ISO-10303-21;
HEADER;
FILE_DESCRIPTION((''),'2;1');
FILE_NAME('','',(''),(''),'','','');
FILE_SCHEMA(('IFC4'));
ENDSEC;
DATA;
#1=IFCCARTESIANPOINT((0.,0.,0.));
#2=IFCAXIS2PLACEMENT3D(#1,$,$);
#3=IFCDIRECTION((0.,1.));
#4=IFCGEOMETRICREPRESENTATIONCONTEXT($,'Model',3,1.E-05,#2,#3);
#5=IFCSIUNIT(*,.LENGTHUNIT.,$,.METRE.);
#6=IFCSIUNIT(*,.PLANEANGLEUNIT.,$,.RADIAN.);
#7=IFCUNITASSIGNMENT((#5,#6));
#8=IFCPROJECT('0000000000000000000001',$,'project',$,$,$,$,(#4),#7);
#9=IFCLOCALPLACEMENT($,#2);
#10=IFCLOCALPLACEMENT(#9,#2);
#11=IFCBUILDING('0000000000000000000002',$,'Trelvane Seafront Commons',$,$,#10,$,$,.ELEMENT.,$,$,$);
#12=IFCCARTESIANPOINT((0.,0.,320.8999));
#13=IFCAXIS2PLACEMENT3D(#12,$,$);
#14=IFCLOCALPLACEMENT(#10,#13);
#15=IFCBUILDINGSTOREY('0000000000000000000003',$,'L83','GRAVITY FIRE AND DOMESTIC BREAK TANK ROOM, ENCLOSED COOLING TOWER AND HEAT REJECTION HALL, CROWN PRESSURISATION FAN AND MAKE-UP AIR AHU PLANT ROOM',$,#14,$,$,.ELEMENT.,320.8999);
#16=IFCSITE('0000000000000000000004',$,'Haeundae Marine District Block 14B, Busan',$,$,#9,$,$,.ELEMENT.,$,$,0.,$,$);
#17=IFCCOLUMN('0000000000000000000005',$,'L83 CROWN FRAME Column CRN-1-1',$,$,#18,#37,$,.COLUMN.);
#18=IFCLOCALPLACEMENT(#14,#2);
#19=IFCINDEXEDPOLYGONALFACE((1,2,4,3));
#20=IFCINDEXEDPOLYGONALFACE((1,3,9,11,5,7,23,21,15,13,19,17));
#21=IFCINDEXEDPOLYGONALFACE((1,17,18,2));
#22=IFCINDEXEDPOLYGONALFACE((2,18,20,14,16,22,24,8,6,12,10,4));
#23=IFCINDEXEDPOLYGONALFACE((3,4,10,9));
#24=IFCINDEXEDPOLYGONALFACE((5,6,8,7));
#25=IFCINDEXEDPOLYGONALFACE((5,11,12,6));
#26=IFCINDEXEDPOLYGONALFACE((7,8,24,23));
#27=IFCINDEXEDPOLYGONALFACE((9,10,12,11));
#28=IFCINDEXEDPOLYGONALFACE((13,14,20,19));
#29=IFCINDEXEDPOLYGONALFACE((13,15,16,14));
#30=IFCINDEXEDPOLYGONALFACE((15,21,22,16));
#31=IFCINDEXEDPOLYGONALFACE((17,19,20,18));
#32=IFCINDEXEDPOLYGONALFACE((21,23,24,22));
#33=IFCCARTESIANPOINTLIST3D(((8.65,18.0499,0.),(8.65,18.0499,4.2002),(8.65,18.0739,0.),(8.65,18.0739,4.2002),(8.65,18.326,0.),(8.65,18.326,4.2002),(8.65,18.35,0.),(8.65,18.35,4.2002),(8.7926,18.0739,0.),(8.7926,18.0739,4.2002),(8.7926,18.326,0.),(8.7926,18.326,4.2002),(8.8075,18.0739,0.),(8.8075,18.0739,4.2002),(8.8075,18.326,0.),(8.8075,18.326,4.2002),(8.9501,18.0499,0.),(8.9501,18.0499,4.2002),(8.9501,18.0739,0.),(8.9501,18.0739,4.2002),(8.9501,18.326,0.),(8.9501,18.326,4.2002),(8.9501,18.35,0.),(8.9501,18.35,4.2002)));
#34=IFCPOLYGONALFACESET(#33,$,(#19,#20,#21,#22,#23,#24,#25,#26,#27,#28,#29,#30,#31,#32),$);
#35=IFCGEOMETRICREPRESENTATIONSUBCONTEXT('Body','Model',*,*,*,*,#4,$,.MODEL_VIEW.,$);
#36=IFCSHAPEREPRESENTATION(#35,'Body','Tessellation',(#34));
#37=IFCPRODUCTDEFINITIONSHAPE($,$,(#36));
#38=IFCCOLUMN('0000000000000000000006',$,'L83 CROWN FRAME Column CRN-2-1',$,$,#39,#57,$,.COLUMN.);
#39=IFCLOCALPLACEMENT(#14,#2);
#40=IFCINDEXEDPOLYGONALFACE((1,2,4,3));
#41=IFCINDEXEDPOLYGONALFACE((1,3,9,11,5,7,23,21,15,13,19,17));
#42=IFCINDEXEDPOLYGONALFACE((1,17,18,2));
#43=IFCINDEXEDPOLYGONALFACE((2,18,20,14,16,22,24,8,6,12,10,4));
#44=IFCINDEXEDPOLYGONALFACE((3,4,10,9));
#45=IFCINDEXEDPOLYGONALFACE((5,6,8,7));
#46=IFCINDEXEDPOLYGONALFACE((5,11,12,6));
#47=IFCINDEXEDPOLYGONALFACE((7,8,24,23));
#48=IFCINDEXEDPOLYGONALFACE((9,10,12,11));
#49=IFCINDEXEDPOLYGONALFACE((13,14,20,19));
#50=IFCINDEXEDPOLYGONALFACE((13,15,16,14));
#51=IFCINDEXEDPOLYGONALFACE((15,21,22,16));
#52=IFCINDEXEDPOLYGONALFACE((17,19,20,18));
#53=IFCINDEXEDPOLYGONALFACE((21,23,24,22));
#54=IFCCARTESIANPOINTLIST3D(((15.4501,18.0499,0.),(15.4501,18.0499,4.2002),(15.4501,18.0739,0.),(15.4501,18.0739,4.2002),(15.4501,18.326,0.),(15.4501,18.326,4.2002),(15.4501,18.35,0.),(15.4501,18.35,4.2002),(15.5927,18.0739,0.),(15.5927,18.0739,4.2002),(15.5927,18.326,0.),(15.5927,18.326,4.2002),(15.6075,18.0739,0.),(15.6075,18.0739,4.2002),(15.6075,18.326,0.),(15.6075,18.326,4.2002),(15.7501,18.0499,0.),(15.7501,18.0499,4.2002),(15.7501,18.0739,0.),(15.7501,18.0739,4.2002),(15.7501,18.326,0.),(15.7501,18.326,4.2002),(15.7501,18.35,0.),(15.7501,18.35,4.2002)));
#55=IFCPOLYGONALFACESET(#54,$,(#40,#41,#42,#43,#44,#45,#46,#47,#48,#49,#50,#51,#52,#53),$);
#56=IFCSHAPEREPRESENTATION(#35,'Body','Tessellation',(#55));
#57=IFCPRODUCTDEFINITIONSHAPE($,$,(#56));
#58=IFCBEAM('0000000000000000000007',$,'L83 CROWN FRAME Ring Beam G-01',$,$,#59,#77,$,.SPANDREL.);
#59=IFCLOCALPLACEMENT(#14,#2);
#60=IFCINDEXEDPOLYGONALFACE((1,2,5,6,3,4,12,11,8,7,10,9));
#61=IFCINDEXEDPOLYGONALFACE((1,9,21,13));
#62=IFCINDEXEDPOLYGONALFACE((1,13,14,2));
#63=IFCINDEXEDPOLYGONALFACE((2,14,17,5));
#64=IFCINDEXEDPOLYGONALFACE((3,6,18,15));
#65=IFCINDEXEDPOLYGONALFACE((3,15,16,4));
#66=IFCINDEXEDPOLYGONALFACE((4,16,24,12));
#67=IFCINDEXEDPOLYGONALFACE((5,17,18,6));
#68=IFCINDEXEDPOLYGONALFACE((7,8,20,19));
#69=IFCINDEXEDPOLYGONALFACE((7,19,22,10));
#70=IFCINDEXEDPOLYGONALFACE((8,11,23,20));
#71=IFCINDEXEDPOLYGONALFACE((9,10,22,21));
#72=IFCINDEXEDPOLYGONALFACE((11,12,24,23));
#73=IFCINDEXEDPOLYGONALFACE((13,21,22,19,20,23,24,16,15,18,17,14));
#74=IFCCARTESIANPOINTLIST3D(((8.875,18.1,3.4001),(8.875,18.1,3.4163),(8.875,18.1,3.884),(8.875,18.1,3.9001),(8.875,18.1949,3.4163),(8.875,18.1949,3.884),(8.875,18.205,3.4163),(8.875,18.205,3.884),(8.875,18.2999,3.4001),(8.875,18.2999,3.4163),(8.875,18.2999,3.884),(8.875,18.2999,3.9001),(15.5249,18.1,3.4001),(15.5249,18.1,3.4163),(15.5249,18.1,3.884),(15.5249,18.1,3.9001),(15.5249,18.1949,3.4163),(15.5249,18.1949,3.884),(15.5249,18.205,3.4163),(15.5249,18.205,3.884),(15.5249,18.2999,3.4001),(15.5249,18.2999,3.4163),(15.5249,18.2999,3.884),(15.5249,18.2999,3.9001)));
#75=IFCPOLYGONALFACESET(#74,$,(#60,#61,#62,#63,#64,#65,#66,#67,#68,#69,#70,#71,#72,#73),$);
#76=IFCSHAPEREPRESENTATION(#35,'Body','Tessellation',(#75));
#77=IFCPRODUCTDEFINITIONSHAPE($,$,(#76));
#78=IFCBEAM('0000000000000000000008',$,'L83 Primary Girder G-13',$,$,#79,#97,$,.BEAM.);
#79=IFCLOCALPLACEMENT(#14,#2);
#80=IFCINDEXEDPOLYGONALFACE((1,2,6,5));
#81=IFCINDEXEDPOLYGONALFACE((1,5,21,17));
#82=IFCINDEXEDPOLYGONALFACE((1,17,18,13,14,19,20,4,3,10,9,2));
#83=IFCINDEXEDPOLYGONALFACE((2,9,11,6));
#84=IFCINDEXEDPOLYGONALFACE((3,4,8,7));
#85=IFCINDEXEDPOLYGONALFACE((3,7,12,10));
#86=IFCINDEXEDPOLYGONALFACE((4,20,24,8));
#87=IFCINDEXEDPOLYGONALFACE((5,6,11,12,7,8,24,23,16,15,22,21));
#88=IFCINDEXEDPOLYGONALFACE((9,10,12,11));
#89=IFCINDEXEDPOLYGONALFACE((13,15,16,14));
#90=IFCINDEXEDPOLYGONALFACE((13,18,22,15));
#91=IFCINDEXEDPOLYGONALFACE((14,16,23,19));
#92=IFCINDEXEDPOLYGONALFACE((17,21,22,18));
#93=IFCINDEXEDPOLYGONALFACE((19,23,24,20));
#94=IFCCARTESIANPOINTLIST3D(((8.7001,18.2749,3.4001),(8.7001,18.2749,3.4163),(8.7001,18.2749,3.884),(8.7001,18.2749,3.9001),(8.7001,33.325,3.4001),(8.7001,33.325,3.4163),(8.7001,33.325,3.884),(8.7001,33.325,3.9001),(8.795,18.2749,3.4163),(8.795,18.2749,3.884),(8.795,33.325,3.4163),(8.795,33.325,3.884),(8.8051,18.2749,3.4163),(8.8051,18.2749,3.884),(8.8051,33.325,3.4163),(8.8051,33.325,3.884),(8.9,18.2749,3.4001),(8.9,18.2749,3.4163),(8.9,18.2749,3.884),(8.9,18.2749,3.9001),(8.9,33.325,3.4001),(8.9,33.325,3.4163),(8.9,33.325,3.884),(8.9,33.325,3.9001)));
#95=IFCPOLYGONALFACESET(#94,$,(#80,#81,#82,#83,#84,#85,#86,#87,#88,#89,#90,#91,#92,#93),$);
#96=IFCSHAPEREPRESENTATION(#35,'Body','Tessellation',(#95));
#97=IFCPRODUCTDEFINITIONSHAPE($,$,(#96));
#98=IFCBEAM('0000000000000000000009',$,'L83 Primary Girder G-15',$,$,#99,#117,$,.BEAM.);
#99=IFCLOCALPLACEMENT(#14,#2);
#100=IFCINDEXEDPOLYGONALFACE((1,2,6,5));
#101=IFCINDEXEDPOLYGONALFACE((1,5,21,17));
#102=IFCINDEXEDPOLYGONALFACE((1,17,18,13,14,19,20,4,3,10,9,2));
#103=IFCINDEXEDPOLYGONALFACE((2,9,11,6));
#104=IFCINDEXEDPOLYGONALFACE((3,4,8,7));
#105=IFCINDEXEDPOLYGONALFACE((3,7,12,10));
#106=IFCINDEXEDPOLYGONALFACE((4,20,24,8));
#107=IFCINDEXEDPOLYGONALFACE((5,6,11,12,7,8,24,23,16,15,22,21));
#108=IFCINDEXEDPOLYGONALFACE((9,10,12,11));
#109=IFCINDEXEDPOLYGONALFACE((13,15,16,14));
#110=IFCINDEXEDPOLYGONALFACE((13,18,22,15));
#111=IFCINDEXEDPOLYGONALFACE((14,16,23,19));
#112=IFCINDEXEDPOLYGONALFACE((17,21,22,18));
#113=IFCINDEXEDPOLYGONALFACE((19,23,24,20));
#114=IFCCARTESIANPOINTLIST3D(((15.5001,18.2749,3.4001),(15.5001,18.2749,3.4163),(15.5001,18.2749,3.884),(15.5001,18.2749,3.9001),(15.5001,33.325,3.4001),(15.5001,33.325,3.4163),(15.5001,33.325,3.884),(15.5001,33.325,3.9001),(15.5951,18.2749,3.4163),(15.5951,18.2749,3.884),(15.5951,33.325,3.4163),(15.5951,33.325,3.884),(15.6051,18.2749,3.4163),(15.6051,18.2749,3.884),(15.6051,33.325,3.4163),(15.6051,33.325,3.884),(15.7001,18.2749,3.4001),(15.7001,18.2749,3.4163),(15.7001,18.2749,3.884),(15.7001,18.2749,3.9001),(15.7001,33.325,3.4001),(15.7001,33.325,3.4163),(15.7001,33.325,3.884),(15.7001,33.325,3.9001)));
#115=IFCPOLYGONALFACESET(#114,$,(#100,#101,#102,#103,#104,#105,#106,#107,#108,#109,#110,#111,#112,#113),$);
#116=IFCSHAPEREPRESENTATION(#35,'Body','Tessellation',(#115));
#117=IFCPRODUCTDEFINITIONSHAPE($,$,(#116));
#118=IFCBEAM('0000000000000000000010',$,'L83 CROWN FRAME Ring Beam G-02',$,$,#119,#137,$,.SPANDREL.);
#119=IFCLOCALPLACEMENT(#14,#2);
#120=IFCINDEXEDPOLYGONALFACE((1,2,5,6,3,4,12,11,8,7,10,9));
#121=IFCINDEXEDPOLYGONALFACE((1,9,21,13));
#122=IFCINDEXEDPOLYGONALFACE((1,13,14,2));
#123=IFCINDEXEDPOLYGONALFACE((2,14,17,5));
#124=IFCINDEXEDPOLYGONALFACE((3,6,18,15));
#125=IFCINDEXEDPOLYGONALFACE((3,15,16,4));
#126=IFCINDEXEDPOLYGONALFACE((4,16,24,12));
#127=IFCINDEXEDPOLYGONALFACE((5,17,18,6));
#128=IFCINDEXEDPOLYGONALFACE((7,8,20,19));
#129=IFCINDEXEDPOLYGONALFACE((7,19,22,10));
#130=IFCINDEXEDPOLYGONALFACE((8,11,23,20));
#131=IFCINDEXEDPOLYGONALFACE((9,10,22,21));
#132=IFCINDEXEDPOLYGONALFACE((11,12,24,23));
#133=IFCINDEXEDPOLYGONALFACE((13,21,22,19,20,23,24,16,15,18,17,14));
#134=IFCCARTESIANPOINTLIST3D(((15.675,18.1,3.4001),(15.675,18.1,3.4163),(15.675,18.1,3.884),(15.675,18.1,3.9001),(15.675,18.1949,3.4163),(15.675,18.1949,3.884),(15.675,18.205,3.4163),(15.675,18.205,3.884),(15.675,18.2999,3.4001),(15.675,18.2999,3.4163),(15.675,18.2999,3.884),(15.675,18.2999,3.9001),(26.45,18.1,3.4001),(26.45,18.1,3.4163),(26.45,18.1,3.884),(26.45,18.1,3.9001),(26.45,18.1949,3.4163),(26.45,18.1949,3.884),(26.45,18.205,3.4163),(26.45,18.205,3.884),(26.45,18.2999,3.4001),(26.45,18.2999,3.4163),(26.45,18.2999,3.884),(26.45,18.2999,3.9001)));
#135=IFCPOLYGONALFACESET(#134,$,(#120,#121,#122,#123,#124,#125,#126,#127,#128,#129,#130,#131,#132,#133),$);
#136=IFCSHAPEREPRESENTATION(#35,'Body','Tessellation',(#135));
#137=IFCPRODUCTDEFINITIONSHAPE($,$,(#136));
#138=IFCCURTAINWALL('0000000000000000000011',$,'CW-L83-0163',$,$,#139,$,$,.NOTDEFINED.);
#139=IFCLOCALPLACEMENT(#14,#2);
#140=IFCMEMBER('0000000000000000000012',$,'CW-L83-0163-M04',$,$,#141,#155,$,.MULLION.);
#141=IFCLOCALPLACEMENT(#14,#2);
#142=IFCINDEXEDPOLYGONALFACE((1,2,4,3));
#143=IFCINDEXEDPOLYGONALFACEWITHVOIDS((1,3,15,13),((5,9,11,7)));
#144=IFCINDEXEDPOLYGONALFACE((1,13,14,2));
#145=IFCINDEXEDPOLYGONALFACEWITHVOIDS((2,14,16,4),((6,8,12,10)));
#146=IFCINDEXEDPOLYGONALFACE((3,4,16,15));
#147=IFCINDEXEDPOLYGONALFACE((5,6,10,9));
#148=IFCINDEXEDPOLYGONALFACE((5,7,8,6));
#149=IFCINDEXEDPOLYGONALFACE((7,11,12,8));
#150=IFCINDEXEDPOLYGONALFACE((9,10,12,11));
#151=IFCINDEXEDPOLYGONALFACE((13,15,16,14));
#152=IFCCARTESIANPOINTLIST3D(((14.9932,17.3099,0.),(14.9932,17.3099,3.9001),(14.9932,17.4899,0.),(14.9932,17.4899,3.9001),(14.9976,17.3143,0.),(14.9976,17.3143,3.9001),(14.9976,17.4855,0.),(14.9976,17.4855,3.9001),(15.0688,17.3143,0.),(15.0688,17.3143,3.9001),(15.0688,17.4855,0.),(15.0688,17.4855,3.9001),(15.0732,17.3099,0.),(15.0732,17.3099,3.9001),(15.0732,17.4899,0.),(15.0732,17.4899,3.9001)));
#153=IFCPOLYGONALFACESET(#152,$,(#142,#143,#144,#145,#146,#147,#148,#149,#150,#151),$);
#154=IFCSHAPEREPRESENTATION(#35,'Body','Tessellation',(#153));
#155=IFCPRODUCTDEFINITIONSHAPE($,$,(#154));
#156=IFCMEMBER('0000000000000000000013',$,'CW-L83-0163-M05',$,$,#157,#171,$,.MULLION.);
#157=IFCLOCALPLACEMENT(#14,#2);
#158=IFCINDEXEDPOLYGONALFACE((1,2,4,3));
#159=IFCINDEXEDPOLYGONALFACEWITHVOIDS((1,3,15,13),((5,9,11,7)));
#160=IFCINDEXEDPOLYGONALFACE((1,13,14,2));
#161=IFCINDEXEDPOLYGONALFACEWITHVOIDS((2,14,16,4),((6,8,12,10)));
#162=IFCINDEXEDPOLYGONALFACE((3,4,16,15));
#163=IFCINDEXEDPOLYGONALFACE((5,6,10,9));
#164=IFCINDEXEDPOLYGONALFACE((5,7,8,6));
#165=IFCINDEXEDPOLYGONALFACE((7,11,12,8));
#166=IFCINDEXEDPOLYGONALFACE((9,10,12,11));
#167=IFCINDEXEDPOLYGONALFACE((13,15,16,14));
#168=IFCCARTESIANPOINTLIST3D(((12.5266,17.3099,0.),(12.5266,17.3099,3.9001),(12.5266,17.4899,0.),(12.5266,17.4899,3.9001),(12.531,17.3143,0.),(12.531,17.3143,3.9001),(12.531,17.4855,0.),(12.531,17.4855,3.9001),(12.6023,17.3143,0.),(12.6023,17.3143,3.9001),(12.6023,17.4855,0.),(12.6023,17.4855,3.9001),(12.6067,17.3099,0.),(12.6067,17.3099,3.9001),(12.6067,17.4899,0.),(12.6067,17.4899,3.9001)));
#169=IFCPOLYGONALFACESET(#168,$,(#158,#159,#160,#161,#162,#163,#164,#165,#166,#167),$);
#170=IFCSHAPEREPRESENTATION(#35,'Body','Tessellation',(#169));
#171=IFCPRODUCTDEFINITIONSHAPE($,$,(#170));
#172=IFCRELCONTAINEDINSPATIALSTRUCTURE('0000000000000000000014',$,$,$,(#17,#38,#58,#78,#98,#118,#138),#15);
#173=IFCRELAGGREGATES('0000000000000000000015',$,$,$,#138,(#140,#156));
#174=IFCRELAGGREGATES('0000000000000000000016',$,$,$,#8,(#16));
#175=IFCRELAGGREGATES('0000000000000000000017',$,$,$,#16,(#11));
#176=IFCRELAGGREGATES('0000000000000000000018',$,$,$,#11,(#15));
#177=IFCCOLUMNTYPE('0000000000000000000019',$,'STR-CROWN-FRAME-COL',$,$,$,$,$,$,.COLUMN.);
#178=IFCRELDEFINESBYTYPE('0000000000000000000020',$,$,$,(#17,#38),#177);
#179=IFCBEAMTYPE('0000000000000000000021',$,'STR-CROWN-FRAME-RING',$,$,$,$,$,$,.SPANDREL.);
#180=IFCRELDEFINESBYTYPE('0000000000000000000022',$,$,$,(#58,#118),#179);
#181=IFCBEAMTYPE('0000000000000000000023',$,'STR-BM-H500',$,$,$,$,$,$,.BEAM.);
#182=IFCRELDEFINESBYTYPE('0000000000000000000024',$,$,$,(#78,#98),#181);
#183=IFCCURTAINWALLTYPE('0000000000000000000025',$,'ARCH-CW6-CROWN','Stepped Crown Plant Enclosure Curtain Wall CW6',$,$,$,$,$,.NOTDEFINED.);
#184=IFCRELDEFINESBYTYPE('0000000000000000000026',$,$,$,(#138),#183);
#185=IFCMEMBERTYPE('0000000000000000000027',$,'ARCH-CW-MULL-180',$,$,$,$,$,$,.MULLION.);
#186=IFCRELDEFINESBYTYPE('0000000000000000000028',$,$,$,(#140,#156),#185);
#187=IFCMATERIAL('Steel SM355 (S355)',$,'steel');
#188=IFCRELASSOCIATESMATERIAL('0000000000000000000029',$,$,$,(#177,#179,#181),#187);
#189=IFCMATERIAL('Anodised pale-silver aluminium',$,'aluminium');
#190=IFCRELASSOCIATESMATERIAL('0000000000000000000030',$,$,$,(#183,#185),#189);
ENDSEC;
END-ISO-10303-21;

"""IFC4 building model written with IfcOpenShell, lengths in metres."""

from ifc_helpers import new_model, si_unit, direction, frame, origin, origin_2d, place, context, subcontext, project, spatial, hollow_rectangle, i_section, extrude, source, transform, mapped, material, material_profile, profile_set, type_object, element, aggregate, save


model = new_model("IFC4")

# Units and contexts
model_context = context("Model", 3, precision=1e-05, world=origin(), true_north=direction((0.0, 1.0)))
body_context = subcontext(model_context, "Body", "Model", "MODEL_VIEW")
ifc_project = project(units=[si_unit("LENGTHUNIT", "METRE"), si_unit("PLANEANGLEUNIT", "RADIAN")], contexts=[model_context])

# Site, building, storey
site_placement = place(None, origin())
site = spatial("IfcSite", under=ifc_project, at=site_placement, Name="Haeundae Marine District Block 14B, Busan", CompositionType="ELEMENT", RefElevation=0.0)
building_placement = place(site_placement, origin())
building = spatial("IfcBuilding", under=site, at=building_placement, Name="Trelvane Seafront Commons", CompositionType="ELEMENT")
storey_placement = place(building_placement, frame((0.0, 0.0, 320.8999)))
storey = spatial("IfcBuildingStorey", under=building, at=storey_placement, Name="L83", Description="GRAVITY FIRE AND DOMESTIC BREAK TANK ROOM, ENCLOSED COOLING TOWER AND HEAT REJECTION HALL, CROWN PRESSURISATION FAN AND MAKE-UP AIR AHU PLANT ROOM", CompositionType="ELEMENT", Elevation=320.8999)

# Columns
ifc_material_1 = material(Name="Steel SM355 (S355)", Category="steel")
ifc_material_profile_1 = material_profile(ifc_material_1, i_section(OverallWidth=0.3, OverallDepth=0.3, WebThickness=0.0149, FlangeThickness=0.0239, at=origin_2d()), Name="HD-300x300x15x24")
ifc_profile_set_1 = profile_set([ifc_material_profile_1], Name="Steel SM355 (S355)")
column_type = type_object("IfcColumnType", Name="STR-CROWN-FRAME-COL", PredefinedType="COLUMN", material=ifc_profile_set_1)
shared_shape_1 = source(origin(), body_context, "Body", "SweptSolid", [
    extrude(i_section(OverallWidth=0.3, OverallDepth=0.3, WebThickness=0.0149, FlangeThickness=0.0239, at=origin_2d()), origin(), (0.0, 0.0, 1.0), 4.2002),
])
for number, where, z_axis, x_axis, name in (
    (1, (8.8, 18.2, 0.0), (0.0, 0.0, 1.0), (1.0, 0.0, 0.0), "L83 CROWN FRAME Column CRN-1-1"),
    (2, (15.6001, 18.2, 0.0), (0.0, 0.0, 1.0), (1.0, 0.0, 0.0), "L83 CROWN FRAME Column CRN-2-1"),
):
    element("IfcColumn", number, at=place(storey_placement, frame(where, z_axis=z_axis, x_axis=x_axis)), inside=storey, type_object=column_type, Name=name, PredefinedType="COLUMN", context=body_context, shape_type="MappedRepresentation", body=[
        mapped(shared_shape_1, transform((0.0, 0.0, 0.0), x_axis=(1.0, 0.0, 0.0), y_axis=(0.0, 1.0, 0.0), z_axis=(0.0, 0.0, 1.0), scale=1.0)),
    ])

# Beams
ifc_material_profile_2 = material_profile(ifc_material_1, i_section(OverallWidth=0.2, OverallDepth=0.5, WebThickness=0.01, FlangeThickness=0.0161, at=origin_2d()), Name="H-500x200x10x16")
ifc_profile_set_2 = profile_set([ifc_material_profile_2], Name="Steel SM355 (S355)")
beam_type_1 = type_object("IfcBeamType", Name="STR-CROWN-FRAME-RING", PredefinedType="SPANDREL", material=ifc_profile_set_2)
shared_shape_2 = source(origin(), body_context, "Body", "SweptSolid", [
    extrude(i_section(OverallWidth=0.2, OverallDepth=0.5, WebThickness=0.01, FlangeThickness=0.0161, at=origin_2d()), origin(), (0.0, 0.0, 1.0), 6.6499),
])
beam_1_placement = place(storey_placement, frame((8.875, 18.2, 3.6501), z_axis=(1.0, 0.0, 0.0), x_axis=(0.0, 1.0, 0.0)))
element("IfcBeam", 3, at=beam_1_placement, inside=storey, type_object=beam_type_1, Name="L83 CROWN FRAME Ring Beam G-01", PredefinedType="SPANDREL", context=body_context, shape_type="MappedRepresentation", body=[
    mapped(shared_shape_2, transform((0.0, 0.0, 0.0), x_axis=(1.0, 0.0, 0.0), y_axis=(0.0, 1.0, 0.0), z_axis=(0.0, 0.0, 1.0), scale=1.0)),
])
ifc_material_profile_3 = material_profile(ifc_material_1, i_section(OverallWidth=0.2, OverallDepth=0.5, WebThickness=0.01, FlangeThickness=0.0161, at=origin_2d()), Name="H-500x200x10x16")
ifc_profile_set_3 = profile_set([ifc_material_profile_3], Name="Steel SM355 (S355)")
beam_type_2 = type_object("IfcBeamType", Name="STR-BM-H500", PredefinedType="BEAM", material=ifc_profile_set_3)
shared_shape_3 = source(origin(), body_context, "Body", "SweptSolid", [
    extrude(i_section(OverallWidth=0.2, OverallDepth=0.5, WebThickness=0.01, FlangeThickness=0.0161, at=origin_2d()), origin(), (0.0, 0.0, 1.0), 15.05),
])
for number, where, z_axis, x_axis, name in (
    (4, (8.8, 18.2749, 3.6501), (0.0, 1.0, 0.0), (-1.0, 0.0, 0.0), "L83 Primary Girder G-13"),
    (5, (15.6001, 18.2749, 3.6501), (0.0, 1.0, 0.0), (-1.0, 0.0, 0.0), "L83 Primary Girder G-15"),
):
    element("IfcBeam", number, at=place(storey_placement, frame(where, z_axis=z_axis, x_axis=x_axis)), inside=storey, type_object=beam_type_2, Name=name, PredefinedType="BEAM", context=body_context, shape_type="MappedRepresentation", body=[
        mapped(shared_shape_3, transform((0.0, 0.0, 0.0), x_axis=(1.0, 0.0, 0.0), y_axis=(0.0, 1.0, 0.0), z_axis=(0.0, 0.0, 1.0), scale=1.0)),
    ])
shared_shape_4 = source(origin(), body_context, "Body", "SweptSolid", [
    extrude(i_section(OverallWidth=0.2, OverallDepth=0.5, WebThickness=0.01, FlangeThickness=0.0161, at=origin_2d()), origin(), (0.0, 0.0, 1.0), 10.7749),
])
beam_2_placement = place(storey_placement, frame((15.675, 18.2, 3.6501), z_axis=(1.0, 0.0, 0.0), x_axis=(0.0, 1.0, 0.0)))
element("IfcBeam", 6, at=beam_2_placement, inside=storey, type_object=beam_type_1, Name="L83 CROWN FRAME Ring Beam G-02", PredefinedType="SPANDREL", context=body_context, shape_type="MappedRepresentation", body=[
    mapped(shared_shape_4, transform((0.0, 0.0, 0.0), x_axis=(1.0, 0.0, 0.0), y_axis=(0.0, 1.0, 0.0), z_axis=(0.0, 0.0, 1.0), scale=1.0)),
])

# Curtain wall, members
ifc_material_2 = material(Name="Anodised pale-silver aluminium", Category="aluminium")
curtain_wall_type = type_object("IfcCurtainWallType", Name="ARCH-CW6-CROWN", Description="Stepped Crown Plant Enclosure Curtain Wall CW6", PredefinedType="NOTDEFINED", material=ifc_material_2)
curtain_wall_placement = place(storey_placement, origin())
curtain_wall = element("IfcCurtainWall", 7, at=curtain_wall_placement, inside=storey, type_object=curtain_wall_type, Name="CW-L83-0163", PredefinedType="NOTDEFINED")
ifc_material_profile_4 = material_profile(ifc_material_2, hollow_rectangle(XDim=0.0801, YDim=0.1799, WallThickness=0.0044, at=origin_2d()), Name="MULL-80x180x4.5")
ifc_profile_set_4 = profile_set([ifc_material_profile_4], Name="Anodised pale-silver aluminium")
member_type_1 = type_object("IfcMemberType", Name="ARCH-CW-MULL-180", PredefinedType="MULLION", material=ifc_profile_set_4)
shared_shape_5 = source(origin(), body_context, "Body", "SweptSolid", [
    extrude(hollow_rectangle(XDim=0.0801, YDim=0.1799, WallThickness=0.0044, at=origin_2d()), origin(), (0.0, 0.0, 1.0), 3.9001),
])
member_1_placement = place(storey_placement, frame((15.0332, 17.3999, 0.0), z_axis=(0.0, 0.0, 1.0), x_axis=(1.0, 0.0, 0.0)))
member_1 = element("IfcMember", 8, at=member_1_placement, type_object=member_type_1, Name="CW-L83-0163-M04", PredefinedType="MULLION", context=body_context, shape_type="MappedRepresentation", body=[
    mapped(shared_shape_5, transform((0.0, 0.0, 0.0), x_axis=(1.0, 0.0, 0.0), y_axis=(0.0, 1.0, 0.0), z_axis=(0.0, 0.0, 1.0), scale=1.0)),
])
member_2_placement = place(storey_placement, frame((12.5667, 17.3999, 0.0), z_axis=(0.0, 0.0, 1.0), x_axis=(1.0, 0.0, 0.0)))
member_2 = element("IfcMember", 9, at=member_2_placement, type_object=member_type_1, Name="CW-L83-0163-M05", PredefinedType="MULLION", context=body_context, shape_type="MappedRepresentation", body=[
    mapped(shared_shape_5, transform((0.0, 0.0, 0.0), x_axis=(1.0, 0.0, 0.0), y_axis=(0.0, 1.0, 0.0), z_axis=(0.0, 0.0, 1.0), scale=1.0)),
])

aggregate(curtain_wall, [member_1, member_2])

save(model, "model.ifc")
